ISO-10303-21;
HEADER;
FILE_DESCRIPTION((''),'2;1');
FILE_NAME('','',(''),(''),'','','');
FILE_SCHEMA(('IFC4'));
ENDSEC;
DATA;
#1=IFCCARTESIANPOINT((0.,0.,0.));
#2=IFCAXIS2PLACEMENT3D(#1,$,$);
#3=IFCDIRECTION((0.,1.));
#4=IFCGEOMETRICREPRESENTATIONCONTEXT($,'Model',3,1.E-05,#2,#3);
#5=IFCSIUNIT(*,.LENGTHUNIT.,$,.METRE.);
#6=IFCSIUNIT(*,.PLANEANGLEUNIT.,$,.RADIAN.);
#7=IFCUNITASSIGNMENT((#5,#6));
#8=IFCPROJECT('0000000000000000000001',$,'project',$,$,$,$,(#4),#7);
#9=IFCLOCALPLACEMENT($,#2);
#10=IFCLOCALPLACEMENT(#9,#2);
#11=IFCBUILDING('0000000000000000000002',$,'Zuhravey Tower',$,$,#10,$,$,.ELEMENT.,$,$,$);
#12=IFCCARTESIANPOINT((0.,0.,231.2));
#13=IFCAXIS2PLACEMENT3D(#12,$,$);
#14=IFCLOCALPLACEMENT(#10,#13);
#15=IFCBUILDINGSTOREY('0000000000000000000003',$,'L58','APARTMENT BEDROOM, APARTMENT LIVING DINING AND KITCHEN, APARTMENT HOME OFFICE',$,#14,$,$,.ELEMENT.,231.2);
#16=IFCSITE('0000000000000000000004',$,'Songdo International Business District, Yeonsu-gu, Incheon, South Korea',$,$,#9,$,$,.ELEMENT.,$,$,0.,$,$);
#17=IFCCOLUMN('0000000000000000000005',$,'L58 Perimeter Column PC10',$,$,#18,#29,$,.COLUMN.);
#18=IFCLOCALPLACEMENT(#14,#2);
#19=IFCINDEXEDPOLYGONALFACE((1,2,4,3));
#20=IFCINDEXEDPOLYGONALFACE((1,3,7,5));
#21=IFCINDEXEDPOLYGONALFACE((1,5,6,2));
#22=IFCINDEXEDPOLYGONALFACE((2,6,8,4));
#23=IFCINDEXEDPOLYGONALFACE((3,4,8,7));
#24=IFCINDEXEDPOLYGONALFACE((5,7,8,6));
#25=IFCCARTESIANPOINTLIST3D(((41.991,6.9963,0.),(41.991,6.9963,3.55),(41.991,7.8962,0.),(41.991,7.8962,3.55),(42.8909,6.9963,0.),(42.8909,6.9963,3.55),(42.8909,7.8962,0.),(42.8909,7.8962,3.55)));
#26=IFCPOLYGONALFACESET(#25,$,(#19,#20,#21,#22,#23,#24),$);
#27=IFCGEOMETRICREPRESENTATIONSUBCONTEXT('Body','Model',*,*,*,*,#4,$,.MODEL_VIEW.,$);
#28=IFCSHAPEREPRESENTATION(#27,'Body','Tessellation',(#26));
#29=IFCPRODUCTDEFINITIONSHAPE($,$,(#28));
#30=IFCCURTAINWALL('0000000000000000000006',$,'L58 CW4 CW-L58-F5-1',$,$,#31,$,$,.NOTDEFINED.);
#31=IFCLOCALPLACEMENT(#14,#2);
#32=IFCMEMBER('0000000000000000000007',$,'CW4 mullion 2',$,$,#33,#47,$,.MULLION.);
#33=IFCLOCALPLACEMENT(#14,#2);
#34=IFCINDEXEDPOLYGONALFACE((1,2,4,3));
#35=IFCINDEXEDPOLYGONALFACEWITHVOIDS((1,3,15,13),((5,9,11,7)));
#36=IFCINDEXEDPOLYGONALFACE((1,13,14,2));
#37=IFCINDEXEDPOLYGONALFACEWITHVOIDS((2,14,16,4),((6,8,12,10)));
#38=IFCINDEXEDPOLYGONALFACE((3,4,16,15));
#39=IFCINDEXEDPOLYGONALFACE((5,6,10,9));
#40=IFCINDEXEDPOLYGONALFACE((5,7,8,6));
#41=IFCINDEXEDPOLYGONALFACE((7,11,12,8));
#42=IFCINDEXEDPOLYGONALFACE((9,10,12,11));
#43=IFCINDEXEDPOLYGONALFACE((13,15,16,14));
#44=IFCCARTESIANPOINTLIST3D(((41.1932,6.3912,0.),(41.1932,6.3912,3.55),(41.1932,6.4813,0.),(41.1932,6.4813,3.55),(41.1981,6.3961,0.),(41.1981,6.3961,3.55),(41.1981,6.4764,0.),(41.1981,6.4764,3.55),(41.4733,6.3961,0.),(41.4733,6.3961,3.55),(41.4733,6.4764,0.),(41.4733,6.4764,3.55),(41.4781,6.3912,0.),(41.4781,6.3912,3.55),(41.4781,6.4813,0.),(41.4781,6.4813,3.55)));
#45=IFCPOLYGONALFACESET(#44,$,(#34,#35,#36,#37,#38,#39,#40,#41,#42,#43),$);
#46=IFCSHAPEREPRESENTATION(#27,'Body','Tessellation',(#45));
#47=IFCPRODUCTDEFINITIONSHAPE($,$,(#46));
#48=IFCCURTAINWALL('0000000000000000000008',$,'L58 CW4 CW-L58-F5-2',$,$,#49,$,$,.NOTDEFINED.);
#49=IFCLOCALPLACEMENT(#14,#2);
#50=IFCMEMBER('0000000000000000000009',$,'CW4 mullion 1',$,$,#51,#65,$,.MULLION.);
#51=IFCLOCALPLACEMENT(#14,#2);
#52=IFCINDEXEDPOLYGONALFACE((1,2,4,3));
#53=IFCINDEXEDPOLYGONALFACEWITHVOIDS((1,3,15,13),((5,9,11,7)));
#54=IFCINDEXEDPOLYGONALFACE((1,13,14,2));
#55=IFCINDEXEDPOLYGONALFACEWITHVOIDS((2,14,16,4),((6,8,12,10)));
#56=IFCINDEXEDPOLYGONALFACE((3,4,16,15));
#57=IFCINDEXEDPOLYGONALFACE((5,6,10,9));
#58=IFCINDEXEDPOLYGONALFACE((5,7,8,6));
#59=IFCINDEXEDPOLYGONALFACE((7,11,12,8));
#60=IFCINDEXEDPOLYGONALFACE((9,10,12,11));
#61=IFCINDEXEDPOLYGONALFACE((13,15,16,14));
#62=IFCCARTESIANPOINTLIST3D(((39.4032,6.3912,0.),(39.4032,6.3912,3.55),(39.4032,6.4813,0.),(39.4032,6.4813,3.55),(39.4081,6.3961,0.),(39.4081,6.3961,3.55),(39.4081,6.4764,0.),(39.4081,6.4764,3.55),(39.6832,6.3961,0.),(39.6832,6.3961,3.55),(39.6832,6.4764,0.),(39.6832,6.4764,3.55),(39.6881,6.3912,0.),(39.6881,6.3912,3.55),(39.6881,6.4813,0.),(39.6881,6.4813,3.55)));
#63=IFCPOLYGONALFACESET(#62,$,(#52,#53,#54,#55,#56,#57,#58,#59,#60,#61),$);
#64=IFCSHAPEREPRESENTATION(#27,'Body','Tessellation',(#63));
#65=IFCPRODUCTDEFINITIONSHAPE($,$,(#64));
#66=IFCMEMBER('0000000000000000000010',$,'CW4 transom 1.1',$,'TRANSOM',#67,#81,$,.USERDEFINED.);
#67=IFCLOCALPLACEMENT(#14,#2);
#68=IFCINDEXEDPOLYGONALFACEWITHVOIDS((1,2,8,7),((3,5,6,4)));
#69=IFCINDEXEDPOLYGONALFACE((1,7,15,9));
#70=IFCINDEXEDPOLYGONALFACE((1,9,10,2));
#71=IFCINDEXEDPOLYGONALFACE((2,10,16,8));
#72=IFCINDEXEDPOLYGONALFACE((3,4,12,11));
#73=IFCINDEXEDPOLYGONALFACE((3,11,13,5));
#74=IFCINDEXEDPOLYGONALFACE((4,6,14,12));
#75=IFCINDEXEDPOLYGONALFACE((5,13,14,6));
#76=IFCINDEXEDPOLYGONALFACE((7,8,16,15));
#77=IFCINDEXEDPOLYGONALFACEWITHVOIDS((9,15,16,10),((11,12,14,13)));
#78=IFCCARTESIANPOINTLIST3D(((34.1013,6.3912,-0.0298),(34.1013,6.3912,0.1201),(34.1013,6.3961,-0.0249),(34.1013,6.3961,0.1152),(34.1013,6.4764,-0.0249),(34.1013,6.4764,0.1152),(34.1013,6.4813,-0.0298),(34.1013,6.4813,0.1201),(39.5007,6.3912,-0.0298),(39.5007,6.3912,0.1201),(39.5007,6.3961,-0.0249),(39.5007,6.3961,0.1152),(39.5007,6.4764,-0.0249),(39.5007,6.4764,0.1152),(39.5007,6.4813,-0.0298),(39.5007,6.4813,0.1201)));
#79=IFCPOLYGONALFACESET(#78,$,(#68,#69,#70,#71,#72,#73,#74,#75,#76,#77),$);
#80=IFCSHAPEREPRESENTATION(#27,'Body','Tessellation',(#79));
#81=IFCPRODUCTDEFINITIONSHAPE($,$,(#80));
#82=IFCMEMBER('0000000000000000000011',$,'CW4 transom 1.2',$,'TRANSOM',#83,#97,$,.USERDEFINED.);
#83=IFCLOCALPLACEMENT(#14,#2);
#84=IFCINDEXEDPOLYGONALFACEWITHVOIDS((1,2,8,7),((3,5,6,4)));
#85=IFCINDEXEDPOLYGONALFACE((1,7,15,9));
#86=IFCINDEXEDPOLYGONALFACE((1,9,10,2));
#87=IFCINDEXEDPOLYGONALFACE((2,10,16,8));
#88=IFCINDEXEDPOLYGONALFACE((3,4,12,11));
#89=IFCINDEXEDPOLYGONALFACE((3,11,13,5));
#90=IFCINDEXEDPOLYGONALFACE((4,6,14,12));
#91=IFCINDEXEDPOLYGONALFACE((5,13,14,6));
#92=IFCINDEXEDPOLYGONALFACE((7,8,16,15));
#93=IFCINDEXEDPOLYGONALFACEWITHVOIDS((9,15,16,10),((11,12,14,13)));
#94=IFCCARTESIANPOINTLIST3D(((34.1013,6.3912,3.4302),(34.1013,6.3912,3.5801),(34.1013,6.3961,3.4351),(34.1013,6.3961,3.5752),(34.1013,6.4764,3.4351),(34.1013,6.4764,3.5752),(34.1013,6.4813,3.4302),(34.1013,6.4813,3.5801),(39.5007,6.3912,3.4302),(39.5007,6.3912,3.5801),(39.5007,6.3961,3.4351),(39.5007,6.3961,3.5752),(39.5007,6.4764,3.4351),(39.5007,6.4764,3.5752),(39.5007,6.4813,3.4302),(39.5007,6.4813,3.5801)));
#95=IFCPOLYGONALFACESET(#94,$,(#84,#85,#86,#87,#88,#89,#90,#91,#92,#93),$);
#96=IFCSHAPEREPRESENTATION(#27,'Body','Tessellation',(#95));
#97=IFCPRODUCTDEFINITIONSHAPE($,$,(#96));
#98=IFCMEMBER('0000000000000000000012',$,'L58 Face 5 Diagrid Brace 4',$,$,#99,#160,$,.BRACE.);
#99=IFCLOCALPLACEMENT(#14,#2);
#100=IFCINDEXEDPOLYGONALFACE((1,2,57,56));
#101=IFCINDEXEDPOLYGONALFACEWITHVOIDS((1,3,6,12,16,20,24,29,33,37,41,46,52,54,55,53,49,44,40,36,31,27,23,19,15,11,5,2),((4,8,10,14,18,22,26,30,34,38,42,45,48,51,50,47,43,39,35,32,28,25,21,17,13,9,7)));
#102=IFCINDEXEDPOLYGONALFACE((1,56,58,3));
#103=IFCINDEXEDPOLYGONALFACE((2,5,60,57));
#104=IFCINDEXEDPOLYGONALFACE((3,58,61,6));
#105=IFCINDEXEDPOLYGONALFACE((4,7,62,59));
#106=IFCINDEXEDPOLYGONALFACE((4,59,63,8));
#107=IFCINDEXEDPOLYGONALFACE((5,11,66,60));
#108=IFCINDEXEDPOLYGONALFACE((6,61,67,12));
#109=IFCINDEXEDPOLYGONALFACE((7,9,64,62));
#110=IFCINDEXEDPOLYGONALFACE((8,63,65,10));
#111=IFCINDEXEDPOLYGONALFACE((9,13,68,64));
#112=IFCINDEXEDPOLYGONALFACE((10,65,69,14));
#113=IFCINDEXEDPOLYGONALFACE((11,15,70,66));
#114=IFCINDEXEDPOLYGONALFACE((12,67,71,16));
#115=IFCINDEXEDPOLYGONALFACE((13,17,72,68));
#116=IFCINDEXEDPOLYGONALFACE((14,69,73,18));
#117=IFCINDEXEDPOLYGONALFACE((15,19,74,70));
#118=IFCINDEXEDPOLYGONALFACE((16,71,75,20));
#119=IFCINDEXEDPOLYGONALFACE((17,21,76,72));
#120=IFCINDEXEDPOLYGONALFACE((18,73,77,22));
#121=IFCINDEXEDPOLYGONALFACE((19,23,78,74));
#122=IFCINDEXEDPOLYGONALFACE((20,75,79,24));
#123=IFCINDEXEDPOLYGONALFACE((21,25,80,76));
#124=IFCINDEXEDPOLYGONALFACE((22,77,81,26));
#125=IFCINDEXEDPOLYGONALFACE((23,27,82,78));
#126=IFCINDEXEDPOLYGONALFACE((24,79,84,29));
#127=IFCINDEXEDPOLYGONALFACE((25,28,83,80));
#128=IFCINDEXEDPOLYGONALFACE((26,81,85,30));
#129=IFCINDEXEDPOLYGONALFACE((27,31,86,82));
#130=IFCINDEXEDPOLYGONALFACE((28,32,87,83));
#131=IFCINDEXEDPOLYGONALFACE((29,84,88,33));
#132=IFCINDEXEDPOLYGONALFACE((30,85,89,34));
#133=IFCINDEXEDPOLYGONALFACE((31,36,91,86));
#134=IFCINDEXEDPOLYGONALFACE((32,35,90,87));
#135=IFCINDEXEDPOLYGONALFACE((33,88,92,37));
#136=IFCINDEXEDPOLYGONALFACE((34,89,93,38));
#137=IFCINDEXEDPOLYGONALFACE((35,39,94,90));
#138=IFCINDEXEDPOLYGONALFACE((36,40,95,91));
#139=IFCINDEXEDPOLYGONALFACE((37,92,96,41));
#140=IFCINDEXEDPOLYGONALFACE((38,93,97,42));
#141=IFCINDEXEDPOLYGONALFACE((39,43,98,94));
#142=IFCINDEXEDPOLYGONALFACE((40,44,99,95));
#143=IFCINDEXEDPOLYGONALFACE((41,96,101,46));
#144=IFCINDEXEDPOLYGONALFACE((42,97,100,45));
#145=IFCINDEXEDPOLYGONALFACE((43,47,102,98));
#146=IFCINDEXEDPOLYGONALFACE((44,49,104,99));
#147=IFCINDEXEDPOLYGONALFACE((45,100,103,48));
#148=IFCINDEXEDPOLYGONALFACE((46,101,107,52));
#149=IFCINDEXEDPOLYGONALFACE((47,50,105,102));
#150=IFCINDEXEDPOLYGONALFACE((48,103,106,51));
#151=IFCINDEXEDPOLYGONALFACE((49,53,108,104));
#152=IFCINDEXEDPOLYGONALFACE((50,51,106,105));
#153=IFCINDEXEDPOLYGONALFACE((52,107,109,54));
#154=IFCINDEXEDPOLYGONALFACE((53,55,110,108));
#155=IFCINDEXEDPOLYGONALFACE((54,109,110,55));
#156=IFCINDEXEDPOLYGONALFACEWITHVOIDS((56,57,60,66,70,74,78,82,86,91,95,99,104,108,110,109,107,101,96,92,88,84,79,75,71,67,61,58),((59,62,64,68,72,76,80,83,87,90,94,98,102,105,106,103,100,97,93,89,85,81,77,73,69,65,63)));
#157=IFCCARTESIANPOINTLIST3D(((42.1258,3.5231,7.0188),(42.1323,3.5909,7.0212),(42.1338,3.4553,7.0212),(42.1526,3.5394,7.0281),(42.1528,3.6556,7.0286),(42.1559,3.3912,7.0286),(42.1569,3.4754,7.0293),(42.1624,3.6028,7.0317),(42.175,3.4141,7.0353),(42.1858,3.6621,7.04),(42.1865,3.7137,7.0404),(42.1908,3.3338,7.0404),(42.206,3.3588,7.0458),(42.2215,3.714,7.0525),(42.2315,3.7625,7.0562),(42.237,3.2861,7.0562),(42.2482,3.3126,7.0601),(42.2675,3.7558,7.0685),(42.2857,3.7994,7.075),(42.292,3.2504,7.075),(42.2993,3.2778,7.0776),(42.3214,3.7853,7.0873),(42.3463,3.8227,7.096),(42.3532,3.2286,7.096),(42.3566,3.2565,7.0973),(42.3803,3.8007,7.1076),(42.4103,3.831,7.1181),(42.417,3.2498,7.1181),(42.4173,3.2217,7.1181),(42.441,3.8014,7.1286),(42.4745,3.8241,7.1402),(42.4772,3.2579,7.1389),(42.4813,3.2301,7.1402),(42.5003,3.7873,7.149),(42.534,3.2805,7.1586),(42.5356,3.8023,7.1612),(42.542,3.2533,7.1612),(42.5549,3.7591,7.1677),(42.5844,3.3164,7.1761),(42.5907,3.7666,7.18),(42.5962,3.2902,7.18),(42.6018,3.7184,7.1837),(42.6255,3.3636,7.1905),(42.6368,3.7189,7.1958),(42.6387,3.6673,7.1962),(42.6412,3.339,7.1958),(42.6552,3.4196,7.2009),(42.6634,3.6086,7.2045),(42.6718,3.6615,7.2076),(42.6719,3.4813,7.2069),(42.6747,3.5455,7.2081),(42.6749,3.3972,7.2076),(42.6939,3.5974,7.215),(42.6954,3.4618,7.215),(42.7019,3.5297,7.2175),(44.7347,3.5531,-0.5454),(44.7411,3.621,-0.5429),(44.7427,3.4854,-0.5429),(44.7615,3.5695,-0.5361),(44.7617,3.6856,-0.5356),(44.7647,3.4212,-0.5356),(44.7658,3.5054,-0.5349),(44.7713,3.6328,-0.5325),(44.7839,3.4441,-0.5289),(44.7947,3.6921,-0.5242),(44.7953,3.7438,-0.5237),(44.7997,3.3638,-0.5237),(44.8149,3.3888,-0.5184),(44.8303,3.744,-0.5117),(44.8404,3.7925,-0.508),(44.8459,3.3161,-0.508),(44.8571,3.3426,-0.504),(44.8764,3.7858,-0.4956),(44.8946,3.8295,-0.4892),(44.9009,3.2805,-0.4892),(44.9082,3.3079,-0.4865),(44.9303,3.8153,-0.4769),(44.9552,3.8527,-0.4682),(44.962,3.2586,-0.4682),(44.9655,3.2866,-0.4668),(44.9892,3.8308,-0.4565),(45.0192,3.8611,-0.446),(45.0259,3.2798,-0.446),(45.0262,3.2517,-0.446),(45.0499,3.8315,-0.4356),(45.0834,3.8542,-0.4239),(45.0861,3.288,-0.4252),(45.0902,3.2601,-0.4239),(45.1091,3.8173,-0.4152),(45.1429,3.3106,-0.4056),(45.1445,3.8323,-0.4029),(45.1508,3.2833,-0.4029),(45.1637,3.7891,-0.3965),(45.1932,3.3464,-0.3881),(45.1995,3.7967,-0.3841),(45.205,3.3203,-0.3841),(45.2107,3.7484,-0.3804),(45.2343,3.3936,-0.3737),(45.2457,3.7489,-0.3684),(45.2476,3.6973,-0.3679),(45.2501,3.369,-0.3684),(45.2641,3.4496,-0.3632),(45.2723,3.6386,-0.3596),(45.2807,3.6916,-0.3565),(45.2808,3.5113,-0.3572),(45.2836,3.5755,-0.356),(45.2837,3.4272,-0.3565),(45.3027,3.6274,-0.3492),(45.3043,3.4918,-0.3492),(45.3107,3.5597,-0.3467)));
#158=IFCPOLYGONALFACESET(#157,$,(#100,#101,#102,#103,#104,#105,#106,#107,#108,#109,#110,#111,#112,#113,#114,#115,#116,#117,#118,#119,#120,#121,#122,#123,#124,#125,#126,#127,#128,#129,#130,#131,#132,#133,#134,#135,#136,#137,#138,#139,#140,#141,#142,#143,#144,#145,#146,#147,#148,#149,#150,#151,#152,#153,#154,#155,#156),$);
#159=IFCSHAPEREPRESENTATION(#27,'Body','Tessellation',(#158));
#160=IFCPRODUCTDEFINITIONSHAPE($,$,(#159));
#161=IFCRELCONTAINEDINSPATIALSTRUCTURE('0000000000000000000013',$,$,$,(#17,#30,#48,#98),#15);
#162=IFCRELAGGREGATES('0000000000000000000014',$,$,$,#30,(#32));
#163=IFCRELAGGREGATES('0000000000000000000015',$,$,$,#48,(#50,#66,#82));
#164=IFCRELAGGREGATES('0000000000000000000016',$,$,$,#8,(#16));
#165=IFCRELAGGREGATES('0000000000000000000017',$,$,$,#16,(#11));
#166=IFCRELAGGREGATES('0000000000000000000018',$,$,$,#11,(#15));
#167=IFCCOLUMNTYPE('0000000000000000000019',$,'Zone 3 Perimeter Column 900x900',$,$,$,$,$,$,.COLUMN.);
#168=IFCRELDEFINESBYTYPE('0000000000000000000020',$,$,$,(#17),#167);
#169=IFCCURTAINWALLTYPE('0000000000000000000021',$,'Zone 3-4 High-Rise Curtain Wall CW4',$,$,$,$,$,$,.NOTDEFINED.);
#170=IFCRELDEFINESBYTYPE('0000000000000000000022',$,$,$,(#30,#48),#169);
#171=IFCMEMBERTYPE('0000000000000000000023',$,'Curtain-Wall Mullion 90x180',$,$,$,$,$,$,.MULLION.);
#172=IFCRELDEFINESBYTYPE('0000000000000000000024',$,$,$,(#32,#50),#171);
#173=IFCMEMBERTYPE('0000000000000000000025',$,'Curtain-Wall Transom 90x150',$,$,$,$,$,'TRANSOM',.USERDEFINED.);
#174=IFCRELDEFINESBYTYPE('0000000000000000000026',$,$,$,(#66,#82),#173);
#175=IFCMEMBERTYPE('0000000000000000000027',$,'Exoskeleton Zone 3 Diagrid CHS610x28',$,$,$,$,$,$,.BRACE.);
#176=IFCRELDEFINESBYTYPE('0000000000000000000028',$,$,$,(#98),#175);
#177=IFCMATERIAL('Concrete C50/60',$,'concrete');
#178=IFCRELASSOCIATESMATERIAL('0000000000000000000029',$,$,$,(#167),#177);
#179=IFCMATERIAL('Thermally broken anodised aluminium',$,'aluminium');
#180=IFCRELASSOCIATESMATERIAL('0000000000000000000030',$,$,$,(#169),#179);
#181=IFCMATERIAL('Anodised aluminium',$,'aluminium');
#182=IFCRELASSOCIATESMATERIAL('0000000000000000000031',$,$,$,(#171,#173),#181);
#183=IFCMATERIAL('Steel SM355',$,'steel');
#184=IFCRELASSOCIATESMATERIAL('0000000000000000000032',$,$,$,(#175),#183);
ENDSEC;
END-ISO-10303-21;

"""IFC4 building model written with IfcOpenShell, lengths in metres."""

from ifc_helpers import new_model, si_unit, direction, frame, origin, origin_2d, place, context, subcontext, project, spatial, rectangle, hollow_rectangle, hollow_circle, extrude, material, material_profile, profile_set, type_object, element, aggregate, save


model = new_model("IFC4")

# Units and contexts
model_context = context("Model", 3, precision=1e-05, world=origin(), true_north=direction((0.0, 1.0)))
body_context = subcontext(model_context, "Body", "Model", "MODEL_VIEW")
ifc_project = project(units=[si_unit("LENGTHUNIT", "METRE"), si_unit("PLANEANGLEUNIT", "RADIAN")], contexts=[model_context])

# Site, building, storey
site_placement = place(None, origin())
site = spatial("IfcSite", under=ifc_project, at=site_placement, Name="Songdo International Business District, Yeonsu-gu, Incheon, South Korea", CompositionType="ELEMENT", RefElevation=0.0)
building_placement = place(site_placement, origin())
building = spatial("IfcBuilding", under=site, at=building_placement, Name="Zuhravey Tower", CompositionType="ELEMENT")
storey_placement = place(building_placement, frame((0.0, 0.0, 231.2)))
storey = spatial("IfcBuildingStorey", under=building, at=storey_placement, Name="L58", Description="APARTMENT BEDROOM, APARTMENT LIVING DINING AND KITCHEN, APARTMENT HOME OFFICE", CompositionType="ELEMENT", Elevation=231.2)

# Column
ifc_material_1 = material(Name="Concrete C50/60", Category="concrete")
ifc_material_profile_1 = material_profile(ifc_material_1, rectangle(XDim=0.8999, YDim=0.8999, at=origin_2d()), Name="RC-900x900")
ifc_profile_set_1 = profile_set([ifc_material_profile_1], Name="Concrete C50/60")
column_type = type_object("IfcColumnType", Name="Zone 3 Perimeter Column 900x900", PredefinedType="COLUMN", material=ifc_profile_set_1)
column_placement = place(storey_placement, frame((42.4409, 7.4463, 0.0), z_axis=(0.0, 0.0, 1.0), x_axis=(1.0, 0.0, 0.0)))
element("IfcColumn", 1, at=column_placement, inside=storey, type_object=column_type, Name="L58 Perimeter Column PC10", PredefinedType="COLUMN", context=body_context, shape_type="SweptSolid", body=[
    extrude(rectangle(XDim=0.8999, YDim=0.8999, at=origin_2d()), origin(), (0.0, 0.0, 1.0), 3.55),
])

# Curtain wall, member
ifc_material_2 = material(Name="Thermally broken anodised aluminium", Category="aluminium")
curtain_wall_type = type_object("IfcCurtainWallType", Name="Zone 3-4 High-Rise Curtain Wall CW4", PredefinedType="NOTDEFINED", material=ifc_material_2)
curtain_wall_1_placement = place(storey_placement, origin())
curtain_wall_1 = element("IfcCurtainWall", 2, at=curtain_wall_1_placement, inside=storey, type_object=curtain_wall_type, Name="L58 CW4 CW-L58-F5-1", PredefinedType="NOTDEFINED")
ifc_material_3 = material(Name="Anodised aluminium", Category="aluminium")
ifc_material_profile_2 = material_profile(ifc_material_3, hollow_rectangle(XDim=0.0901, YDim=0.2849, WallThickness=0.0049, at=origin_2d()), Name="ALU-RHS-90x285x5")
ifc_profile_set_2 = profile_set([ifc_material_profile_2], Name="Anodised aluminium")
member_type_1 = type_object("IfcMemberType", Name="Curtain-Wall Mullion 90x180", PredefinedType="MULLION", material=ifc_profile_set_2)
member_1_placement = place(storey_placement, frame((41.3357, 6.4363, 0.0), z_axis=(0.0, 0.0, 1.0), x_axis=(0.0, -1.0, 0.0)))
member_1 = element("IfcMember", 3, at=member_1_placement, type_object=member_type_1, Name="CW4 mullion 2", PredefinedType="MULLION", context=body_context, shape_type="SweptSolid", body=[
    extrude(hollow_rectangle(XDim=0.0901, YDim=0.2849, WallThickness=0.0049, at=origin_2d()), origin(), (0.0, 0.0, 1.0), 3.55),
])

# Curtain wall, members
curtain_wall_2_placement = place(storey_placement, origin())
curtain_wall_2 = element("IfcCurtainWall", 4, at=curtain_wall_2_placement, inside=storey, type_object=curtain_wall_type, Name="L58 CW4 CW-L58-F5-2", PredefinedType="NOTDEFINED")
member_2_placement = place(storey_placement, frame((39.5457, 6.4363, 0.0), z_axis=(0.0, 0.0, 1.0), x_axis=(0.0, -1.0, 0.0)))
member_2 = element("IfcMember", 5, at=member_2_placement, type_object=member_type_1, Name="CW4 mullion 1", PredefinedType="MULLION", context=body_context, shape_type="SweptSolid", body=[
    extrude(hollow_rectangle(XDim=0.0901, YDim=0.2849, WallThickness=0.0049, at=origin_2d()), origin(), (0.0, 0.0, 1.0), 3.55),
])
ifc_material_profile_3 = material_profile(ifc_material_3, hollow_rectangle(XDim=0.0901, YDim=0.1499, WallThickness=0.0049, at=origin_2d()), Name="ALU-RHS-90x150x5")
ifc_profile_set_3 = profile_set([ifc_material_profile_3], Name="Anodised aluminium")
member_type_2 = type_object("IfcMemberType", Name="Curtain-Wall Transom 90x150", ElementType="TRANSOM", PredefinedType="USERDEFINED", material=ifc_profile_set_3)
member_3_placement = place(storey_placement, frame((39.5007, 6.4363, 0.0452), z_axis=(-1.0, 0.0, 0.0), x_axis=(0.0, -1.0, 0.0)))
member_3 = element("IfcMember", 6, at=member_3_placement, type_object=member_type_2, Name="CW4 transom 1.1", ObjectType="TRANSOM", PredefinedType="USERDEFINED", context=body_context, shape_type="SweptSolid", body=[
    extrude(hollow_rectangle(XDim=0.0901, YDim=0.1499, WallThickness=0.0049, at=origin_2d()), origin(), (0.0, 0.0, 1.0), 5.3994),
])
member_4_placement = place(storey_placement, frame((39.5007, 6.4363, 3.5051), z_axis=(-1.0, 0.0, 0.0), x_axis=(0.0, -1.0, 0.0)))
member_4 = element("IfcMember", 7, at=member_4_placement, type_object=member_type_2, Name="CW4 transom 1.2", ObjectType="TRANSOM", PredefinedType="USERDEFINED", context=body_context, shape_type="SweptSolid", body=[
    extrude(hollow_rectangle(XDim=0.0901, YDim=0.1499, WallThickness=0.0049, at=origin_2d()), origin(), (0.0, 0.0, 1.0), 5.3994),
])

# Member
ifc_material_4 = material(Name="Steel SM355", Category="steel")
ifc_material_profile_4 = material_profile(ifc_material_4, hollow_circle(Radius=0.3047, WallThickness=0.0281, at=origin_2d()), Name="CHS-609.6x28")
ifc_profile_set_4 = profile_set([ifc_material_profile_4], Name="Steel SM355")
member_type_3 = type_object("IfcMemberType", Name="Exoskeleton Zone 3 Diagrid CHS610x28", PredefinedType="BRACE", material=ifc_profile_set_4)
member_5_placement = place(storey_placement, frame((45.0227, 3.5564, -0.446), z_axis=(-0.326049, -0.003753, 0.945346), x_axis=(0.01151, -0.999934, 0.0)))
element("IfcMember", 8, at=member_5_placement, inside=storey, type_object=member_type_3, Name="L58 Face 5 Diagrid Brace 4", PredefinedType="BRACE", context=body_context, shape_type="SweptSolid", body=[
    extrude(hollow_circle(Radius=0.3047, WallThickness=0.0281, at=origin_2d()), origin(), (0.0, 0.0, 1.0), 8.0015),
])

aggregate(curtain_wall_1, [member_1])
aggregate(curtain_wall_2, [member_2, member_3, member_4])

save(model, "model.ifc")
